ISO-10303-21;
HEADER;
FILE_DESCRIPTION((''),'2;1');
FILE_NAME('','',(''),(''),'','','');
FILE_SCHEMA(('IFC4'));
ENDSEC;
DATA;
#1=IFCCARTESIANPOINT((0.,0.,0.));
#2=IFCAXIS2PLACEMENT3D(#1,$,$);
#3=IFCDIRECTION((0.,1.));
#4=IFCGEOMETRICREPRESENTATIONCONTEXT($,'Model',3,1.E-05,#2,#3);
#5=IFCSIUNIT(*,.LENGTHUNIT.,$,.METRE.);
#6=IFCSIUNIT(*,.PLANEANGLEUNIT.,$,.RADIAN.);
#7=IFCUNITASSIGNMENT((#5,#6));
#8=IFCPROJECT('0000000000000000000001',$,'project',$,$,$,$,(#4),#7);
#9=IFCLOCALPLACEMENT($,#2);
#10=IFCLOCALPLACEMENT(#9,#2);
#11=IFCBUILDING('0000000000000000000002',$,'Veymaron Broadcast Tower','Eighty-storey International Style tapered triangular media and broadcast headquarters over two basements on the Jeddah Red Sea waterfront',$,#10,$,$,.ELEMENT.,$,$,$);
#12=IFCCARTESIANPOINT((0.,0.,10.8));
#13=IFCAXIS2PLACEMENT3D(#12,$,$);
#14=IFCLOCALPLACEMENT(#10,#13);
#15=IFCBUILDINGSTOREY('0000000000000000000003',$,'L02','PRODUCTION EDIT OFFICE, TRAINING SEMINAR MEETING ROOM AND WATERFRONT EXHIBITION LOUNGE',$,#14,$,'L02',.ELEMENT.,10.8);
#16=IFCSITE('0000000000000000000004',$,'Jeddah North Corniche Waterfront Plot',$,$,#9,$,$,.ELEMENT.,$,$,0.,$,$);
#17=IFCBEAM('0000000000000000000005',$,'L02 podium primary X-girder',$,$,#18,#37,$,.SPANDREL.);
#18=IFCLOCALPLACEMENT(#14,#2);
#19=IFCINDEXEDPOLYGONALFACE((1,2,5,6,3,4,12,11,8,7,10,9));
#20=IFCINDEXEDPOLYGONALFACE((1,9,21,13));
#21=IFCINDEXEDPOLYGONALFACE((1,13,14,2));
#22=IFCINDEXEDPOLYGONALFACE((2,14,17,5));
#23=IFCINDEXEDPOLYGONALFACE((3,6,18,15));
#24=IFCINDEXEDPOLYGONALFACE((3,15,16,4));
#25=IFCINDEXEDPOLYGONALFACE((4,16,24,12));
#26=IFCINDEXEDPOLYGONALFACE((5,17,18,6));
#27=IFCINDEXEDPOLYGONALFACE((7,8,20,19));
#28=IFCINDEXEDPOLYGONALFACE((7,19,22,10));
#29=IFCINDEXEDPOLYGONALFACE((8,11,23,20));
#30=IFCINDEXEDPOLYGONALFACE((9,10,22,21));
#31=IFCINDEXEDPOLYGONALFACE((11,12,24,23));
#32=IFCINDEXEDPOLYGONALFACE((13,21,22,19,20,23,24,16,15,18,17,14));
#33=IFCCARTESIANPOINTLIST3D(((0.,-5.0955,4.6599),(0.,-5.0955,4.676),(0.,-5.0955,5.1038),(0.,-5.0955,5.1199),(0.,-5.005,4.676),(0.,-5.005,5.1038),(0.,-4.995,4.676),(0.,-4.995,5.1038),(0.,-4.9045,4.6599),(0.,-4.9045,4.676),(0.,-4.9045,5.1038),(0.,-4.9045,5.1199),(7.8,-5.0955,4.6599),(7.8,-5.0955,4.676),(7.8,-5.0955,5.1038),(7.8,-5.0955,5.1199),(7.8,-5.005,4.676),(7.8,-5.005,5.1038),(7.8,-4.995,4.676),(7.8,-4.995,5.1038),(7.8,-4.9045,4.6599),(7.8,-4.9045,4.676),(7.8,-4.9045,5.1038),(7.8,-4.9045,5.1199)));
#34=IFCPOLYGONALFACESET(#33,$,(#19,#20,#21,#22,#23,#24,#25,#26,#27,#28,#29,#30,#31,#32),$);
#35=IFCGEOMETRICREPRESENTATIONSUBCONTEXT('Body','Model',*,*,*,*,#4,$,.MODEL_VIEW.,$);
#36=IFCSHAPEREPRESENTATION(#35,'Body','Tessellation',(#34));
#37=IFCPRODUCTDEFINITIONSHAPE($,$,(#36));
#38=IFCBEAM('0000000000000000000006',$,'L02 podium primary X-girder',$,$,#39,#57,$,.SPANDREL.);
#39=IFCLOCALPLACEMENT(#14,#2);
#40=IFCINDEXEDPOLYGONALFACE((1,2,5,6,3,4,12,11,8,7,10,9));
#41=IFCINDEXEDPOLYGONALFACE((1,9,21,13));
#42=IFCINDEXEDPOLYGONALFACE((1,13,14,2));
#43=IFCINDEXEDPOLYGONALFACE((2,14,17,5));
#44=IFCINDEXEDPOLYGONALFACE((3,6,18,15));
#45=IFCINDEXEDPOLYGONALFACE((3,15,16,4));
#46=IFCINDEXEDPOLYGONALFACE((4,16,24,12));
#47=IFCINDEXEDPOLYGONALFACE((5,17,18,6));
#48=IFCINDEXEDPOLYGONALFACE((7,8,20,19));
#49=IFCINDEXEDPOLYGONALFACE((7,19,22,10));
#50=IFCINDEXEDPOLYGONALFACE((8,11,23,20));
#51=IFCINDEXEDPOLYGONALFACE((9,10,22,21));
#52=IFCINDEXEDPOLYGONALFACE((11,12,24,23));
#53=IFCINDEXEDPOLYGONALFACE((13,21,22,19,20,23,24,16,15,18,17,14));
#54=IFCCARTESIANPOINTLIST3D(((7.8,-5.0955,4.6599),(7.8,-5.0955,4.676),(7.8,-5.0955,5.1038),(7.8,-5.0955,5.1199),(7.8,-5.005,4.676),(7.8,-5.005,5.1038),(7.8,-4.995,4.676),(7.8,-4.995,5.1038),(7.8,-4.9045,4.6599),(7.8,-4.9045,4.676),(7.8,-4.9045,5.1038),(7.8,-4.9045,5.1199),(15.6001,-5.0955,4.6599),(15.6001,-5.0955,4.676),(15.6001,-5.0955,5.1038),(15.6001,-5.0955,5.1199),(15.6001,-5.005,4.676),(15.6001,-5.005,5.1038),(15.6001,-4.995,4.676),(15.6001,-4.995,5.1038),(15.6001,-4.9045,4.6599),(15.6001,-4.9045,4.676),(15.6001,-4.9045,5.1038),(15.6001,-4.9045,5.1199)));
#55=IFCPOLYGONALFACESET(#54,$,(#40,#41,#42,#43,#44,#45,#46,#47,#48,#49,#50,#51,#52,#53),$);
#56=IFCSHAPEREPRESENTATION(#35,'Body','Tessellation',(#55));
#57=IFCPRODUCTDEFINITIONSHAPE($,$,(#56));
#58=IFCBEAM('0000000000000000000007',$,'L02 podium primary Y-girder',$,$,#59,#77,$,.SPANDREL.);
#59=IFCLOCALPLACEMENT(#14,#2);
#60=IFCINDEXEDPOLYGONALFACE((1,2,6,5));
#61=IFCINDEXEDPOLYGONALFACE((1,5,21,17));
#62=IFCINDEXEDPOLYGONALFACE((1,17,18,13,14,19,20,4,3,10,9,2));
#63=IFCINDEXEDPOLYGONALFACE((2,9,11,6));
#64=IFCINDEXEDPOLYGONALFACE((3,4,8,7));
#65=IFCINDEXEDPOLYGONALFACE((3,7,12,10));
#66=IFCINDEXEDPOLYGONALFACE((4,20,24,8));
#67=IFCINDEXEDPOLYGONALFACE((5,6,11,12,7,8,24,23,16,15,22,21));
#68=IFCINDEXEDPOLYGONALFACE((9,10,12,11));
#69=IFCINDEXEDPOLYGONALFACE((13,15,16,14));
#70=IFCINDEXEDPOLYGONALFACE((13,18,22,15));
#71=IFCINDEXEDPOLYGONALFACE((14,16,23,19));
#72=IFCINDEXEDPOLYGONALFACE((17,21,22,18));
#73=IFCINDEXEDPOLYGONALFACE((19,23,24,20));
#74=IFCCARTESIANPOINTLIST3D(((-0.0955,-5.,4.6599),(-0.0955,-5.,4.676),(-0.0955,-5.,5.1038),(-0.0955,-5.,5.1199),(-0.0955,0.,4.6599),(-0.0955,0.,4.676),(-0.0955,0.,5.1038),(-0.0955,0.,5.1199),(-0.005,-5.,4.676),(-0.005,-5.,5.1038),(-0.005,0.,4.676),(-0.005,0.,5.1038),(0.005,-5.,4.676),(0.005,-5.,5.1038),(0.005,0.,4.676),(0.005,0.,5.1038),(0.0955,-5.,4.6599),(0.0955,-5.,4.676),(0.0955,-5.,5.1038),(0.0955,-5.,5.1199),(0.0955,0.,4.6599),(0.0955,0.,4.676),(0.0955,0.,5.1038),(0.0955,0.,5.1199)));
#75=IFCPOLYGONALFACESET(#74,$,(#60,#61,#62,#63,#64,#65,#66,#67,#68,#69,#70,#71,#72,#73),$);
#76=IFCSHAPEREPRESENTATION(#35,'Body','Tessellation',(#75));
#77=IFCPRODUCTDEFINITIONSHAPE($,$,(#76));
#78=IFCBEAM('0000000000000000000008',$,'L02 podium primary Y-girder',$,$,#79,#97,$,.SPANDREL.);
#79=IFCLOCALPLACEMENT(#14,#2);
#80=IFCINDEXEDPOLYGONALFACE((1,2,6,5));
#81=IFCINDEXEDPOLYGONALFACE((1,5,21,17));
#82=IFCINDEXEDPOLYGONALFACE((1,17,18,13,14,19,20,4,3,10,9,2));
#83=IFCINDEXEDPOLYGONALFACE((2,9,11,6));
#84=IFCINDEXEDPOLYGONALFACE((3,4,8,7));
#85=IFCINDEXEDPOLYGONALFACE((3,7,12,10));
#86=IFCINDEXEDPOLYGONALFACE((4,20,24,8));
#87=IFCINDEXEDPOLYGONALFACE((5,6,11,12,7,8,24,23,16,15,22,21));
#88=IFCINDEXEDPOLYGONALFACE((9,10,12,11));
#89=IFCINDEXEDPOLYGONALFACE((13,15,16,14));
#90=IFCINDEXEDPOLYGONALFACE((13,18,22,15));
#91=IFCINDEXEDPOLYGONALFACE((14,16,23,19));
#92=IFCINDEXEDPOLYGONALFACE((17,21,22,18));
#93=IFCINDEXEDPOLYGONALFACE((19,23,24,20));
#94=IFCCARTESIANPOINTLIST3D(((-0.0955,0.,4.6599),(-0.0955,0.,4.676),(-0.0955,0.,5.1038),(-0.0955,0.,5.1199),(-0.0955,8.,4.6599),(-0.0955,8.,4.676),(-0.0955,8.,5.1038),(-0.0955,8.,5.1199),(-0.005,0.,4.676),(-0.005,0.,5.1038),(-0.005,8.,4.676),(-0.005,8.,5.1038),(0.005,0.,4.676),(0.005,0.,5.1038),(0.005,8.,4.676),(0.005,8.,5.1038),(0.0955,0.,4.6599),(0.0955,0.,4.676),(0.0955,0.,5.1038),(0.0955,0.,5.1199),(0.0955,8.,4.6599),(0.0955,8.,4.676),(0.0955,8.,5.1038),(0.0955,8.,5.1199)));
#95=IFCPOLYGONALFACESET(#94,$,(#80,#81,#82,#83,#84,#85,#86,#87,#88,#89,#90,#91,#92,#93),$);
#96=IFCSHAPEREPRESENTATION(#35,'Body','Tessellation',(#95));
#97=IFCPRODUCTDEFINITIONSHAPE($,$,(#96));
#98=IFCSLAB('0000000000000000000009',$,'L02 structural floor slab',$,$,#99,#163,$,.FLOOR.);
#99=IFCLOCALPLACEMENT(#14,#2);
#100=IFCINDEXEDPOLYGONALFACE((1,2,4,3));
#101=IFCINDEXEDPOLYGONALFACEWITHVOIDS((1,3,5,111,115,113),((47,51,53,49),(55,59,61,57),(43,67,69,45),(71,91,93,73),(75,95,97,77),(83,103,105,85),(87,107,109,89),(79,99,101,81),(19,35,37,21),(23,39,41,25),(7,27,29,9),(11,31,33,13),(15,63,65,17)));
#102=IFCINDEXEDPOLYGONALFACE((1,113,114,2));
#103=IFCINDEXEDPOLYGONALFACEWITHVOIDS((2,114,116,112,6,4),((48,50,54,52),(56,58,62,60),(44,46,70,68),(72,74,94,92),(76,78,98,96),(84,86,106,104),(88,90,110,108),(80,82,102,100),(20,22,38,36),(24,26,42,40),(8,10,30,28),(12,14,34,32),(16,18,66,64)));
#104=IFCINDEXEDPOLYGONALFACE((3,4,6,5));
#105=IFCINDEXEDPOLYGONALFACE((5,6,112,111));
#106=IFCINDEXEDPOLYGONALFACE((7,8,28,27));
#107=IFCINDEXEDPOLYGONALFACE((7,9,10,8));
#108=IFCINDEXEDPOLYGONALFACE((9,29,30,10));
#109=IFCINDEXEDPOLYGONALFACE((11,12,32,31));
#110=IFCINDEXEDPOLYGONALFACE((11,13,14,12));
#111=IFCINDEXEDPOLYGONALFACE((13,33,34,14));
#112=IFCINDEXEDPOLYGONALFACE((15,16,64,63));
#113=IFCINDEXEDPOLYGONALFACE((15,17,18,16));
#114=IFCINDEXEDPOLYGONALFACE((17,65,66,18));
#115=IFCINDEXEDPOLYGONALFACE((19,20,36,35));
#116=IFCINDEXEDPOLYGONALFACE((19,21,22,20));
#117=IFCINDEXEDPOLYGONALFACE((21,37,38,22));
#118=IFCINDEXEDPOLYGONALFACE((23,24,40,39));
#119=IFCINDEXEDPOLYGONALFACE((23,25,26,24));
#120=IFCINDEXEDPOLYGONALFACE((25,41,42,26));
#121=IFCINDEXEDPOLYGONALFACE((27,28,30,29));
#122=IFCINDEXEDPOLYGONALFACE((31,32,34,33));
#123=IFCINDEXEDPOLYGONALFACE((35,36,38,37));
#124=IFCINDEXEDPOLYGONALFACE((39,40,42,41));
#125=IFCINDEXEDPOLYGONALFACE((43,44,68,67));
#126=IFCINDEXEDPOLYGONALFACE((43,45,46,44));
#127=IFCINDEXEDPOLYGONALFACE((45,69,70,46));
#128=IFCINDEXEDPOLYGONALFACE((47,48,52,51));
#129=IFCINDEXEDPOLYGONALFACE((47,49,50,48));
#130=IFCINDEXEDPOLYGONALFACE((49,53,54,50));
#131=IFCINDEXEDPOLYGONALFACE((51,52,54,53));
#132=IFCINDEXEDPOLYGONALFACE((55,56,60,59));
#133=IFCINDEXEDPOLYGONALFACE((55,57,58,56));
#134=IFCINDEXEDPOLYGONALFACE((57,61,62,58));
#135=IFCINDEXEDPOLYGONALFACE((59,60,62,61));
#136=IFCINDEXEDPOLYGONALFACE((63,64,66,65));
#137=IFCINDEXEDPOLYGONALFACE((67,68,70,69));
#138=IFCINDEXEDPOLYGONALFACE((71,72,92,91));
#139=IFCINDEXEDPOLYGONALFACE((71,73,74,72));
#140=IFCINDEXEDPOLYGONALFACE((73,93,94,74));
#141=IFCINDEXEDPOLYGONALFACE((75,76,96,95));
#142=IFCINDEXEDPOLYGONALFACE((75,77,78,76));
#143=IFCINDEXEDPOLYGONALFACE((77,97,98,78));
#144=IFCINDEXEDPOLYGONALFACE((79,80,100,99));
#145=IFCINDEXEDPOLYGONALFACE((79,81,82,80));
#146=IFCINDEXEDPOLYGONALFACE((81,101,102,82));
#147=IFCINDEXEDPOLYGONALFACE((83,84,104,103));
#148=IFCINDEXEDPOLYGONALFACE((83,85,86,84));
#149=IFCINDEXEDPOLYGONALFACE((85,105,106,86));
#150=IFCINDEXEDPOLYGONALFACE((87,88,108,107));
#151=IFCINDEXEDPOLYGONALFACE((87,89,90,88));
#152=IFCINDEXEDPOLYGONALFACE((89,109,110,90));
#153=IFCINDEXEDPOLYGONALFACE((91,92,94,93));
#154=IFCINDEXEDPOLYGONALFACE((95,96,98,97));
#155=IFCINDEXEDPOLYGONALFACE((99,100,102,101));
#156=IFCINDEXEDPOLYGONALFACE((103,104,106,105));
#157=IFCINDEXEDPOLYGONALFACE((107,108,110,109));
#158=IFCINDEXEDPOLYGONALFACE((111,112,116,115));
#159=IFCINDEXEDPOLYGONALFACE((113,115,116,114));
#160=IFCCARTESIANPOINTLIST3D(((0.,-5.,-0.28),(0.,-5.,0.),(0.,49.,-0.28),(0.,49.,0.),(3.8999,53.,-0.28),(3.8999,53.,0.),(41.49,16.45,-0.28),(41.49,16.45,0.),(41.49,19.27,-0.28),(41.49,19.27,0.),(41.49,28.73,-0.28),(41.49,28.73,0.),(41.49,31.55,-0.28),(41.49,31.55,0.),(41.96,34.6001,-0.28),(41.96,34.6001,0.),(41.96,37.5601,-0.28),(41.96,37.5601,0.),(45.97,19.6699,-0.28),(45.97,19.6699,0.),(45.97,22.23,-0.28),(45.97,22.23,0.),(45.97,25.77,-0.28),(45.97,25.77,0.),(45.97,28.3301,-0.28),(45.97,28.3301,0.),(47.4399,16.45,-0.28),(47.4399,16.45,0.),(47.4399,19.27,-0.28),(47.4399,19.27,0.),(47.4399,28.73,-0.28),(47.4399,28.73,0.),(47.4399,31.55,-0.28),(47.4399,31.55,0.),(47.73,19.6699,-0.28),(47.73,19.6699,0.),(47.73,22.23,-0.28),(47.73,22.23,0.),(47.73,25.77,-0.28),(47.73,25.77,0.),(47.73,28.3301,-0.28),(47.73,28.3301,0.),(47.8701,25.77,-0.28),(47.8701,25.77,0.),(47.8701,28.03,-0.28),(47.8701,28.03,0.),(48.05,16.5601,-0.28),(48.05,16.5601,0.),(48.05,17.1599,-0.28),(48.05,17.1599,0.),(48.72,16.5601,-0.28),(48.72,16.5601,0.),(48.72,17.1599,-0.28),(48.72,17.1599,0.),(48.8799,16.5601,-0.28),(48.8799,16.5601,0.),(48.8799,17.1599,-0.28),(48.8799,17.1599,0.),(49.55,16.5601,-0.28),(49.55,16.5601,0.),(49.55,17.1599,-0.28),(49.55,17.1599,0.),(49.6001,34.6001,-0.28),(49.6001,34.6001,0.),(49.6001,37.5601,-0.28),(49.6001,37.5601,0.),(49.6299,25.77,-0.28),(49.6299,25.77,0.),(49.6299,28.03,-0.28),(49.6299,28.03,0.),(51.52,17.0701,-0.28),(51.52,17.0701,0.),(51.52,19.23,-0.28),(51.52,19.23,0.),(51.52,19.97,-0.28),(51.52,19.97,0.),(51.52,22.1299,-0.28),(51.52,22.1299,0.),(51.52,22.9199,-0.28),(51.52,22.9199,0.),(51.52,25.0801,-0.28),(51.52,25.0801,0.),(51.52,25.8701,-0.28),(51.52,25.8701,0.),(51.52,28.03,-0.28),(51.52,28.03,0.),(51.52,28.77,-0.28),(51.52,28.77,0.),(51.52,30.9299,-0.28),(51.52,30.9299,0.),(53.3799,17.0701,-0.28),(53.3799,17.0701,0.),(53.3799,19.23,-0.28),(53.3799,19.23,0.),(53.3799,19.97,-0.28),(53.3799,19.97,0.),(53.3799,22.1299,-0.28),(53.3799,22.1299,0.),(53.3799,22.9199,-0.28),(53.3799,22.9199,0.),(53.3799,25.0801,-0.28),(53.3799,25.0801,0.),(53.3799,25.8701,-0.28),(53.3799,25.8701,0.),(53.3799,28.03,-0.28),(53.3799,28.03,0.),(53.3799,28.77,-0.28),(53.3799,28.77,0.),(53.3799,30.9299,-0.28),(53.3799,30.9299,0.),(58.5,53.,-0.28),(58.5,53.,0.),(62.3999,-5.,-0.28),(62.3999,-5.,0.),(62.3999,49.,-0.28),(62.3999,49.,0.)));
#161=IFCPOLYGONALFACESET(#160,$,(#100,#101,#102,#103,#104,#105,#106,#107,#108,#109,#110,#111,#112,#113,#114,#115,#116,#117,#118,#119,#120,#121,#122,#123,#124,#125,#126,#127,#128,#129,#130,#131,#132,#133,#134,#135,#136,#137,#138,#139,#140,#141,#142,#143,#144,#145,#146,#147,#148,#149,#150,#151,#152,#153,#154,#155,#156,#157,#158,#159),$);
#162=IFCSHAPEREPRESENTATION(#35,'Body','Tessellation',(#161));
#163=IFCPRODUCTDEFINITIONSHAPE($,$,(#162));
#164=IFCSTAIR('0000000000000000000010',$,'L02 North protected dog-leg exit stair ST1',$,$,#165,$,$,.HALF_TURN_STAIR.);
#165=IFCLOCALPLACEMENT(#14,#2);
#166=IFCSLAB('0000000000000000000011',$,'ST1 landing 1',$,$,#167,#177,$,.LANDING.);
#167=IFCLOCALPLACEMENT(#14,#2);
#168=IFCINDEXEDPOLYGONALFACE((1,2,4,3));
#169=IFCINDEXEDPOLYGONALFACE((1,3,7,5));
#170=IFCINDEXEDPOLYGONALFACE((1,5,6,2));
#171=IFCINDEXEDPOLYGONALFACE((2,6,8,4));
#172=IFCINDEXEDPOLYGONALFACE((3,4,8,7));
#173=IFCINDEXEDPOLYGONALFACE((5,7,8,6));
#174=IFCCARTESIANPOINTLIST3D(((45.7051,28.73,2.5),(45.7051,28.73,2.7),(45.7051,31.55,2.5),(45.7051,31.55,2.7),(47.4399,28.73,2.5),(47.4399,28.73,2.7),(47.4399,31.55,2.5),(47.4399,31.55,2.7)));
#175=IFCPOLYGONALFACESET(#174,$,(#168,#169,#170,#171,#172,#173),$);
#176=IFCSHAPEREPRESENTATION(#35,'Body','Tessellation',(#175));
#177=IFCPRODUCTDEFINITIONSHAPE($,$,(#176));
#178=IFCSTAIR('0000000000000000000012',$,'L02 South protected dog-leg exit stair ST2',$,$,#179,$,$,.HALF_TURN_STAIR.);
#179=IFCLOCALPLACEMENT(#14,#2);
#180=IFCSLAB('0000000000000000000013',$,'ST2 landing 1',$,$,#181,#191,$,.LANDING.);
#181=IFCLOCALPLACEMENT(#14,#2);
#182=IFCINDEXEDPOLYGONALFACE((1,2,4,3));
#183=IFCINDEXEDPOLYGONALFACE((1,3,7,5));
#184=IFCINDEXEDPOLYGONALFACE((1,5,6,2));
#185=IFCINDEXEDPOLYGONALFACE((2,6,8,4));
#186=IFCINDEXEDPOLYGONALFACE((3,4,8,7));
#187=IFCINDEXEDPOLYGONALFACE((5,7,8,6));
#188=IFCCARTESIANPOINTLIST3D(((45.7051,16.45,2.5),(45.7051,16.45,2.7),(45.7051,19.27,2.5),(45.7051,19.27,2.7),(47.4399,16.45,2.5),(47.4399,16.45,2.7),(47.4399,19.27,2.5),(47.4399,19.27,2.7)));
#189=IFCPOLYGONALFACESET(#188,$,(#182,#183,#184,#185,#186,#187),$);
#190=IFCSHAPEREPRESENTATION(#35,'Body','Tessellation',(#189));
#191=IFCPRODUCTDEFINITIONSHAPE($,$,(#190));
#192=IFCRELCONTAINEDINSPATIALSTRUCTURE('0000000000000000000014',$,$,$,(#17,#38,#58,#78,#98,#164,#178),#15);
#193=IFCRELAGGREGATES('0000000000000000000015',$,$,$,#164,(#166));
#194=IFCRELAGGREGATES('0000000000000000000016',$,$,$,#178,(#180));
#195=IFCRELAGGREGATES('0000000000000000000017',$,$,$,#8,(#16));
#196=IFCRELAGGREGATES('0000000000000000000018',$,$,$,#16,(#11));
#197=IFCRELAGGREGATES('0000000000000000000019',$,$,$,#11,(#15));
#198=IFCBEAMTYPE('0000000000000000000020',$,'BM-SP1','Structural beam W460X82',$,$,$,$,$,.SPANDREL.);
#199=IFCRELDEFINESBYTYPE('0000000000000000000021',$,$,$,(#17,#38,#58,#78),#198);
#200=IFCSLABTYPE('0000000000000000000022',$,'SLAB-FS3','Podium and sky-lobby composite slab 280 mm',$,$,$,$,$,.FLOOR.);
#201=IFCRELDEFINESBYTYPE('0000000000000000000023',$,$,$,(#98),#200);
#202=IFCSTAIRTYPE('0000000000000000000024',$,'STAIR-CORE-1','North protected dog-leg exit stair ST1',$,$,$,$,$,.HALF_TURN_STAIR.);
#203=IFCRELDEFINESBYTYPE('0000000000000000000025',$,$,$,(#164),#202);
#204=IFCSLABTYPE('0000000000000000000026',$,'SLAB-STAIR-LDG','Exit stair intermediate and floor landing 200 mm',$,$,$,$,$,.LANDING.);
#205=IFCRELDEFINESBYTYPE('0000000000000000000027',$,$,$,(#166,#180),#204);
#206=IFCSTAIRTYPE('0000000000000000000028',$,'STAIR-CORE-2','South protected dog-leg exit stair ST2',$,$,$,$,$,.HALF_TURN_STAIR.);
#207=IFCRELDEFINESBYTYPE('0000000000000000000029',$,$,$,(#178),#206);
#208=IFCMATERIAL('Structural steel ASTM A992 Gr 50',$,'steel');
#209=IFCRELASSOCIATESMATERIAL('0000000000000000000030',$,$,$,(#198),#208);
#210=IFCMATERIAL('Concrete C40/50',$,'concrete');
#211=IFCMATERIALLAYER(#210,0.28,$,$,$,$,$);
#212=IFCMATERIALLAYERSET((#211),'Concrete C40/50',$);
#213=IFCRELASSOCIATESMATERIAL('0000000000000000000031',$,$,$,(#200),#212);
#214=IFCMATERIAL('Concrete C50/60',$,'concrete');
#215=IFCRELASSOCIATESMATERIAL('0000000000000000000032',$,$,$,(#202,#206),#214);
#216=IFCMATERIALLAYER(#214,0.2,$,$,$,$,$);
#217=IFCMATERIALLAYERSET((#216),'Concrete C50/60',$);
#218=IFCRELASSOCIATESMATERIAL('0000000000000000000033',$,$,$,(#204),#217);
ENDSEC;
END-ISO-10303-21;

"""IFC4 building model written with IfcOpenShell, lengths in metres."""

from ifc_helpers import new_model, si_unit, direction, frame, origin, origin_2d, place, context, subcontext, project, spatial, polyline, i_section, outline, extrude, material, layer, layer_set, material_profile, profile_set, type_object, element, aggregate, save


model = new_model("IFC4")

# Units and contexts
model_context = context("Model", 3, precision=1e-05, world=origin(), true_north=direction((0.0, 1.0)))
body_context = subcontext(model_context, "Body", "Model", "MODEL_VIEW")
ifc_project = project(units=[si_unit("LENGTHUNIT", "METRE"), si_unit("PLANEANGLEUNIT", "RADIAN")], contexts=[model_context])

# Site, building, storey
site_placement = place(None, origin())
site = spatial("IfcSite", under=ifc_project, at=site_placement, Name="Jeddah North Corniche Waterfront Plot", CompositionType="ELEMENT", RefElevation=0.0)
building_placement = place(site_placement, origin())
building = spatial("IfcBuilding", under=site, at=building_placement, Name="Veymaron Broadcast Tower", Description="Eighty-storey International Style tapered triangular media and broadcast headquarters over two basements on the Jeddah Red Sea waterfront", CompositionType="ELEMENT")
storey_placement = place(building_placement, frame((0.0, 0.0, 10.8)))
storey = spatial("IfcBuildingStorey", under=building, at=storey_placement, Name="L02", Description="PRODUCTION EDIT OFFICE, TRAINING SEMINAR MEETING ROOM AND WATERFRONT EXHIBITION LOUNGE", LongName="L02", CompositionType="ELEMENT", Elevation=10.8)

# Beams
ifc_material_1 = material(Name="Structural steel ASTM A992 Gr 50", Category="steel")
ifc_material_profile_1 = material_profile(ifc_material_1, i_section(OverallWidth=0.1909, OverallDepth=0.46, WebThickness=0.01, FlangeThickness=0.0161, at=origin_2d()), Name="W460X82")
ifc_profile_set_1 = profile_set([ifc_material_profile_1], Name="Structural steel ASTM A992 Gr 50")
beam_type_1 = type_object("IfcBeamType", Name="BM-SP1", Description="Structural beam W460X82", PredefinedType="SPANDREL", material=ifc_profile_set_1)
for number, where, z_axis, x_axis, name in (
    (1, (0.0, -5.0, 4.8899), (1.0, 0.0, 0.0), (0.0, 1.0, 0.0), "L02 podium primary X-girder"),
    (2, (7.8, -5.0, 4.8899), (1.0, 0.0, 0.0), (0.0, 1.0, 0.0), "L02 podium primary X-girder"),
):
    element("IfcBeam", number, at=place(storey_placement, frame(where, z_axis=z_axis, x_axis=x_axis)), inside=storey, type_object=beam_type_1, Name=name, PredefinedType="SPANDREL", context=body_context, shape_type="SweptSolid", body=[
        extrude(i_section(OverallWidth=0.1909, OverallDepth=0.46, WebThickness=0.01, FlangeThickness=0.0161, at=origin_2d()), origin(), (0.0, 0.0, 1.0), 7.8),
    ])
beam_1_placement = place(storey_placement, frame((0.0, -5.0, 4.8899), z_axis=(0.0, 1.0, 0.0), x_axis=(-1.0, 0.0, 0.0)))
element("IfcBeam", 3, at=beam_1_placement, inside=storey, type_object=beam_type_1, Name="L02 podium primary Y-girder", PredefinedType="SPANDREL", context=body_context, shape_type="SweptSolid", body=[
    extrude(i_section(OverallWidth=0.1909, OverallDepth=0.46, WebThickness=0.01, FlangeThickness=0.0161, at=origin_2d()), origin(), (0.0, 0.0, 1.0), 5.0),
])
beam_2_placement = place(storey_placement, frame((0.0, 0.0, 4.8899), z_axis=(0.0, 1.0, 0.0), x_axis=(-1.0, 0.0, 0.0)))
element("IfcBeam", 4, at=beam_2_placement, inside=storey, type_object=beam_type_1, Name="L02 podium primary Y-girder", PredefinedType="SPANDREL", context=body_context, shape_type="SweptSolid", body=[
    extrude(i_section(OverallWidth=0.1909, OverallDepth=0.46, WebThickness=0.01, FlangeThickness=0.0161, at=origin_2d()), origin(), (0.0, 0.0, 1.0), 8.0),
])

# Slab
ifc_material_2 = material(Name="Concrete C40/50", Category="concrete")
ifc_layer_1 = layer(ifc_material_2, 0.28)
ifc_layer_set_1 = layer_set([ifc_layer_1], Name="Concrete C40/50")
slab_type_1 = type_object("IfcSlabType", Name="SLAB-FS3", Description="Podium and sky-lobby composite slab 280 mm", PredefinedType="FLOOR", material=ifc_layer_set_1)
slab_1_placement = place(storey_placement, frame((0.0, 0.0, -0.28)))
element("IfcSlab", 5, at=slab_1_placement, inside=storey, type_object=slab_type_1, Name="L02 structural floor slab", PredefinedType="FLOOR", context=body_context, shape_type="SweptSolid", body=[
    extrude(outline(polyline([(0.0, -5.0), (62.3999, -5.0), (62.3999, 49.0), (58.5, 53.0), (3.8999, 53.0), (0.0, 49.0), (0.0, -5.0)]), holes=[polyline([(45.97, 28.3301), (47.73, 28.3301), (47.73, 25.77), (45.97, 25.77), (45.97, 28.3301)]), polyline([(45.97, 22.23), (47.73, 22.23), (47.73, 19.6699), (45.97, 19.6699), (45.97, 22.23)]), polyline([(47.8701, 28.03), (49.6299, 28.03), (49.6299, 25.77), (47.8701, 25.77), (47.8701, 28.03)]), polyline([(51.52, 30.9299), (53.3799, 30.9299), (53.3799, 28.77), (51.52, 28.77), (51.52, 30.9299)]), polyline([(51.52, 28.03), (53.3799, 28.03), (53.3799, 25.8701), (51.52, 25.8701), (51.52, 28.03)]), polyline([(51.52, 22.1299), (53.3799, 22.1299), (53.3799, 19.97), (51.52, 19.97), (51.52, 22.1299)]), polyline([(51.52, 25.0801), (53.3799, 25.0801), (53.3799, 22.9199), (51.52, 22.9199), (51.52, 25.0801)]), polyline([(51.52, 19.23), (53.3799, 19.23), (53.3799, 17.0701), (51.52, 17.0701), (51.52, 19.23)]), polyline([(48.05, 17.1599), (48.72, 17.1599), (48.72, 16.5601), (48.05, 16.5601), (48.05, 17.1599)]), polyline([(48.8799, 17.1599), (49.55, 17.1599), (49.55, 16.5601), (48.8799, 16.5601), (48.8799, 17.1599)]), polyline([(41.49, 31.55), (47.4399, 31.55), (47.4399, 28.73), (41.49, 28.73), (41.49, 31.55)]), polyline([(41.49, 19.27), (47.4399, 19.27), (47.4399, 16.45), (41.49, 16.45), (41.49, 19.27)]), polyline([(41.96, 37.5601), (49.6001, 37.5601), (49.6001, 34.6001), (41.96, 34.6001), (41.96, 37.5601)])]), origin(), (0.0, 0.0, 1.0), 0.28),
])

# Stairs, slabs
ifc_material_3 = material(Name="Concrete C50/60", Category="concrete")
stair_type_1 = type_object("IfcStairType", Name="STAIR-CORE-1", Description="North protected dog-leg exit stair ST1", PredefinedType="HALF_TURN_STAIR", material=ifc_material_3)
stair_1_placement = place(storey_placement, origin())
stair_1 = element("IfcStair", 6, at=stair_1_placement, inside=storey, type_object=stair_type_1, Name="L02 North protected dog-leg exit stair ST1", PredefinedType="HALF_TURN_STAIR")
ifc_layer_2 = layer(ifc_material_3, 0.2)
ifc_layer_set_2 = layer_set([ifc_layer_2], Name="Concrete C50/60")
slab_type_2 = type_object("IfcSlabType", Name="SLAB-STAIR-LDG", Description="Exit stair intermediate and floor landing 200 mm", PredefinedType="LANDING", material=ifc_layer_set_2)
slab_2_placement = place(storey_placement, frame((0.0, 0.0, 2.5)))
slab_2 = element("IfcSlab", 7, at=slab_2_placement, type_object=slab_type_2, Name="ST1 landing 1", PredefinedType="LANDING", context=body_context, shape_type="SweptSolid", body=[
    extrude(outline(polyline([(45.7051, 28.73), (47.4399, 28.73), (47.4399, 31.55), (45.7051, 31.55), (45.7051, 28.73)])), origin(), (0.0, 0.0, 1.0), 0.2),
])
aggregate(stair_1, [slab_2])
stair_type_2 = type_object("IfcStairType", Name="STAIR-CORE-2", Description="South protected dog-leg exit stair ST2", PredefinedType="HALF_TURN_STAIR", material=ifc_material_3)
stair_2_placement = place(storey_placement, origin())
stair_2 = element("IfcStair", 8, at=stair_2_placement, inside=storey, type_object=stair_type_2, Name="L02 South protected dog-leg exit stair ST2", PredefinedType="HALF_TURN_STAIR")
slab_3_placement = place(storey_placement, frame((0.0, 0.0, 2.5)))
slab_3 = element("IfcSlab", 9, at=slab_3_placement, type_object=slab_type_2, Name="ST2 landing 1", PredefinedType="LANDING", context=body_context, shape_type="SweptSolid", body=[
    extrude(outline(polyline([(45.7051, 16.45), (47.4399, 16.45), (47.4399, 19.27), (45.7051, 19.27), (45.7051, 16.45)])), origin(), (0.0, 0.0, 1.0), 0.2),
])
aggregate(stair_2, [slab_3])

save(model, "model.ifc")
